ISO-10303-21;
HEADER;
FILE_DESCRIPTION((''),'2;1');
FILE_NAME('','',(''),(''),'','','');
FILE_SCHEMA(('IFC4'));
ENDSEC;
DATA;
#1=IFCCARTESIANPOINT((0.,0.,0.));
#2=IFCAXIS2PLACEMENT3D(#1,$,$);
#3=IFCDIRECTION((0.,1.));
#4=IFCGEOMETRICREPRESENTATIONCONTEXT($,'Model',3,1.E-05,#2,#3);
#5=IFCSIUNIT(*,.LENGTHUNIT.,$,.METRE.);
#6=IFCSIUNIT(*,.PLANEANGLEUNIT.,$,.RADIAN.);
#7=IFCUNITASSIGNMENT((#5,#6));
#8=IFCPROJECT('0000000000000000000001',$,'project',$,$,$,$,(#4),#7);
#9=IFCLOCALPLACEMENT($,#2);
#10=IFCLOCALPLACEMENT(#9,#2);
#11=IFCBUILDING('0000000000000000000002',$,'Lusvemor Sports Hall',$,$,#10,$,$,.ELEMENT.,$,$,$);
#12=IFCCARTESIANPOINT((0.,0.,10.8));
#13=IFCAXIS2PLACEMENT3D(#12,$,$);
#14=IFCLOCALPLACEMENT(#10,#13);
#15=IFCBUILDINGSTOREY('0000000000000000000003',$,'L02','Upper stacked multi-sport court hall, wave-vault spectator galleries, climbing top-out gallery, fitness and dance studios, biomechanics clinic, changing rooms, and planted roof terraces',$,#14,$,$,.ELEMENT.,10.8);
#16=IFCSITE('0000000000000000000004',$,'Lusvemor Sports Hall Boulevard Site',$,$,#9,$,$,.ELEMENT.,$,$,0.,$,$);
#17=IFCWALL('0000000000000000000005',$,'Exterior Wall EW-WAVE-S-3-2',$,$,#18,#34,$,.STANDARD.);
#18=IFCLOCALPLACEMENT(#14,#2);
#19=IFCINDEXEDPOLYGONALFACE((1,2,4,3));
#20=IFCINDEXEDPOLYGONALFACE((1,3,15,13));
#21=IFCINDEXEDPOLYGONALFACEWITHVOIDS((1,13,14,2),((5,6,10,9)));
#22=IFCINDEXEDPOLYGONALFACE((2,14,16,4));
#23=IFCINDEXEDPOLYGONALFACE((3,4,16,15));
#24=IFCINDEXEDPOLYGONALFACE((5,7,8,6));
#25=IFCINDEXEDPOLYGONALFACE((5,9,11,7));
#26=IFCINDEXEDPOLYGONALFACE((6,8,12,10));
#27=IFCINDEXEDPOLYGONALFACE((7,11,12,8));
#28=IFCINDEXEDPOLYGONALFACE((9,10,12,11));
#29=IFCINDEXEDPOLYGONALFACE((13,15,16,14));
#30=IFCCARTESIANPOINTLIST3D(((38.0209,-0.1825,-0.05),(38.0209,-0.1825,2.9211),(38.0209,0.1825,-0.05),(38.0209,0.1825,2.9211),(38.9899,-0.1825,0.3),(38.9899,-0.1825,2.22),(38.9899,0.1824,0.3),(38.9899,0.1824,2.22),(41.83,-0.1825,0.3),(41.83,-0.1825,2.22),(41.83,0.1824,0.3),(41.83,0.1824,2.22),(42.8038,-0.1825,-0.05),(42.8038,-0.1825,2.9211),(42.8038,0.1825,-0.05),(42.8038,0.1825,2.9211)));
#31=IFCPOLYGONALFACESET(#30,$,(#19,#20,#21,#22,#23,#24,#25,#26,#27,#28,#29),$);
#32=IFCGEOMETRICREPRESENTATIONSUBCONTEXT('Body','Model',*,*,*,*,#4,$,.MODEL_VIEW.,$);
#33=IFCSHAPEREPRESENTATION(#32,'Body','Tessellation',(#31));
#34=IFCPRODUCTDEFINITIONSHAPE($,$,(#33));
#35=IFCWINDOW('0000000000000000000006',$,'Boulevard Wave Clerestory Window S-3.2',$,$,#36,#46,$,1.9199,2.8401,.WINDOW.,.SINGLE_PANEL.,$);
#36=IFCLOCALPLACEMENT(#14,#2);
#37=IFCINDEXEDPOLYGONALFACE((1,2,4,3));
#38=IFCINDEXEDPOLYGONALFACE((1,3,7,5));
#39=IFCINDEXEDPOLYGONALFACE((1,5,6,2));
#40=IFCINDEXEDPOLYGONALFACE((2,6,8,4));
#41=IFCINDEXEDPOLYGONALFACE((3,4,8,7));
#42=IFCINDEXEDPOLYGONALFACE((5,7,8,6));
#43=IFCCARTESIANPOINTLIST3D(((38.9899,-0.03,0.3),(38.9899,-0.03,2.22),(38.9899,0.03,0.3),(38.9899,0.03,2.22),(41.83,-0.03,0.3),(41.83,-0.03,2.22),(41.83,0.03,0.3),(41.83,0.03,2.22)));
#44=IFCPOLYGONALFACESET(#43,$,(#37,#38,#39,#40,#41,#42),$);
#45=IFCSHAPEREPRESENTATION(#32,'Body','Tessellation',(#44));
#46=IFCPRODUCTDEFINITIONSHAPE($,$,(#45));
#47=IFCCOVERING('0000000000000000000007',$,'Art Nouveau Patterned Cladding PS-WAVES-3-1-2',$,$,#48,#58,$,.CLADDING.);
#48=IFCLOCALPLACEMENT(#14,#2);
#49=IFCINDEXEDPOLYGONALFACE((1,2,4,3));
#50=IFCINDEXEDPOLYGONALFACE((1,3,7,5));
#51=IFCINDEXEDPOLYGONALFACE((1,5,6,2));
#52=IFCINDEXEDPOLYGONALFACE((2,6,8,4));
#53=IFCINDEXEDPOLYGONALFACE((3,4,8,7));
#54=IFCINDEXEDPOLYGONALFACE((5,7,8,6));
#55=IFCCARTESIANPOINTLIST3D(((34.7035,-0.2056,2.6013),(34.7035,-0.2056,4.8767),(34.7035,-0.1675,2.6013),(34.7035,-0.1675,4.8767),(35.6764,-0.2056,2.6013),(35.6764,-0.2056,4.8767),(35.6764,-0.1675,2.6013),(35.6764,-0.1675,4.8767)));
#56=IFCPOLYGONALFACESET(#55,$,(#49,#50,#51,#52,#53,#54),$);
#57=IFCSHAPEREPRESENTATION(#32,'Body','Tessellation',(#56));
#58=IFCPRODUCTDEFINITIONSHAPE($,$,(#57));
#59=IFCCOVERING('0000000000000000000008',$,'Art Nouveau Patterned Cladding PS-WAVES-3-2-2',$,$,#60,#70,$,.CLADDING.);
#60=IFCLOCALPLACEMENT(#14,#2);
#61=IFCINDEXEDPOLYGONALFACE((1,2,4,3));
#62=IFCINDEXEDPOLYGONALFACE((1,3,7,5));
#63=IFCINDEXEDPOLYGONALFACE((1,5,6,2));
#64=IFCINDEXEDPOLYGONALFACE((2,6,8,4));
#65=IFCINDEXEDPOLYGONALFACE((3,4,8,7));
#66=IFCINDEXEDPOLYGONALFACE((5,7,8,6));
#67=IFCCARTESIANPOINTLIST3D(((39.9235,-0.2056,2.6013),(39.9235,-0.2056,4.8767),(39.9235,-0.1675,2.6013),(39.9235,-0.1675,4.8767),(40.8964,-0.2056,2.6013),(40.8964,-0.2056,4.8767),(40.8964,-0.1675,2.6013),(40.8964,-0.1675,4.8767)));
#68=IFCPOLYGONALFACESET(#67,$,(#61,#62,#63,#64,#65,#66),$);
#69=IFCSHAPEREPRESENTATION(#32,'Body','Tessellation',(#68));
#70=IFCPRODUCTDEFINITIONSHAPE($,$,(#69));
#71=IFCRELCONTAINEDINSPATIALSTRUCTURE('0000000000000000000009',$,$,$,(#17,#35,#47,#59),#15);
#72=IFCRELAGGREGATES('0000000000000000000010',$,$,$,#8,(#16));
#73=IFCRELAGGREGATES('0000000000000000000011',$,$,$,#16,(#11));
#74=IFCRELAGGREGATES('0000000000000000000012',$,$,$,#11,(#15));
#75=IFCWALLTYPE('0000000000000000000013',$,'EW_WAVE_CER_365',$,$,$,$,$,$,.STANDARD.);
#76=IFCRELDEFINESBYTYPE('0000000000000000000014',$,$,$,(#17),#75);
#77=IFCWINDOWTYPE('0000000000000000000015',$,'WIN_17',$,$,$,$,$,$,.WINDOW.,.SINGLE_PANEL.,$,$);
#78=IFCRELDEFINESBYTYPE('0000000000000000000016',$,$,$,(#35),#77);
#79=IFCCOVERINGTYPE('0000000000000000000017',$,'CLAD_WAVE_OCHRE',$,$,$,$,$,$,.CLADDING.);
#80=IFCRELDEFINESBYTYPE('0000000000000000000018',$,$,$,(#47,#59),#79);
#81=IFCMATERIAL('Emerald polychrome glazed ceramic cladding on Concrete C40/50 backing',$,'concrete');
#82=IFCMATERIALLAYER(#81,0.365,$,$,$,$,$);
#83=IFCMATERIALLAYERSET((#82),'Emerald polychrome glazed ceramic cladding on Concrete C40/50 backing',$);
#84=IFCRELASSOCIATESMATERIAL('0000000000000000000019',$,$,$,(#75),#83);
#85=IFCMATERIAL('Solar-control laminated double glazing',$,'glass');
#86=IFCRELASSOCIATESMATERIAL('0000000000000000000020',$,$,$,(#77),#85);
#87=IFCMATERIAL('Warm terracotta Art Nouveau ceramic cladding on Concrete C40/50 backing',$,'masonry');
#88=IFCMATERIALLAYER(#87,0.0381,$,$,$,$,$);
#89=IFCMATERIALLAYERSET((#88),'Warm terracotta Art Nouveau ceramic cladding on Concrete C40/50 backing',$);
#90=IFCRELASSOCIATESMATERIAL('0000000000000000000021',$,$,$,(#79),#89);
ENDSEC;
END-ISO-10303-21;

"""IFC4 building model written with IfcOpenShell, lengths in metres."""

from ifc_helpers import new_model, si_unit, direction, frame, frame_2d, origin, origin_2d, place, context, subcontext, project, spatial, rectangle, extrude, material, layer, layer_set, type_object, element, fill, save


model = new_model("IFC4")

# Units and contexts
model_context = context("Model", 3, precision=1e-05, world=origin(), true_north=direction((0.0, 1.0)))
body_context = subcontext(model_context, "Body", "Model", "MODEL_VIEW")
ifc_project = project(units=[si_unit("LENGTHUNIT", "METRE"), si_unit("PLANEANGLEUNIT", "RADIAN")], contexts=[model_context])

# Site, building, storey
site_placement = place(None, origin())
site = spatial("IfcSite", under=ifc_project, at=site_placement, Name="Lusvemor Sports Hall Boulevard Site", CompositionType="ELEMENT", RefElevation=0.0)
building_placement = place(site_placement, origin())
building = spatial("IfcBuilding", under=site, at=building_placement, Name="Lusvemor Sports Hall", CompositionType="ELEMENT")
storey_placement = place(building_placement, frame((0.0, 0.0, 10.8)))
storey = spatial("IfcBuildingStorey", under=building, at=storey_placement, Name="L02", Description="Upper stacked multi-sport court hall, wave-vault spectator galleries, climbing top-out gallery, fitness and dance studios, biomechanics clinic, changing rooms, and planted roof terraces", CompositionType="ELEMENT", Elevation=10.8)

# Shared definitions
ifc_material_1 = material(Name="Emerald polychrome glazed ceramic cladding on Concrete C40/50 backing", Category="concrete")
ifc_layer_1 = layer(ifc_material_1, 0.365)
ifc_layer_set_1 = layer_set([ifc_layer_1], Name="Emerald polychrome glazed ceramic cladding on Concrete C40/50 backing")
wall_type = type_object("IfcWallType", Name="EW_WAVE_CER_365", PredefinedType="STANDARD", material=ifc_layer_set_1)

# Wall, opening, window
ifc_material_2 = material(Name="Solar-control laminated double glazing", Category="glass")
window_type = type_object("IfcWindowType", Name="WIN_17", PartitioningType="SINGLE_PANEL", PredefinedType="WINDOW", material=ifc_material_2)
wall_1_placement = place(storey_placement, frame((42.804, 0.0, -0.05), z_axis=(0.0, 0.0, 1.0), x_axis=(-1.0, 0.0, 0.0)))
wall_1 = element("IfcWall", 1, at=wall_1_placement, inside=storey, type_object=wall_type, Name="Exterior Wall EW-WAVE-S-3-2", PredefinedType="STANDARD", context=body_context, shape_type="SweptSolid", body=[
    extrude(rectangle(XDim=4.783, YDim=0.365, at=frame_2d((2.3916, 0.0))), origin(), (0.0, 0.0, 1.0), 2.9712),
])
opening_1_placement = place(wall_1_placement, frame((0.9741, 0.0, 0.3501)))
opening_1 = element("IfcOpeningElement", 2, at=opening_1_placement, cuts=wall_1, PredefinedType="OPENING", context=body_context, shape_type="SweptSolid", body=[
    extrude(rectangle(XDim=2.8401, YDim=1.9199, at=frame_2d((1.4199, 0.96))), frame((0.0, 0.1826, 0.0), z_axis=(0.0, -1.0, 0.0), x_axis=(1.0, 0.0, 0.0)), (0.0, 0.0, 1.0), 0.365),
])
window_1_placement = place(opening_1_placement, origin())
window_1 = element("IfcWindow", 3, at=window_1_placement, inside=storey, type_object=window_type, Name="Boulevard Wave Clerestory Window S-3.2", OverallHeight=1.9199, OverallWidth=2.8401, PartitioningType="SINGLE_PANEL", PredefinedType="WINDOW", context=body_context, shape_type="SweptSolid", body=[
    extrude(rectangle(XDim=2.8401, YDim=1.9199, at=frame_2d((1.4199, 0.96))), frame((0.0, 0.03, 0.0), z_axis=(0.0, -1.0, 0.0), x_axis=(1.0, 0.0, 0.0)), (0.0, 0.0, 1.0), 0.0601),
])
fill(opening_1, window_1)

# Coverings
ifc_material_3 = material(Name="Warm terracotta Art Nouveau ceramic cladding on Concrete C40/50 backing", Category="masonry")
ifc_layer_2 = layer(ifc_material_3, 0.0381)
ifc_layer_set_2 = layer_set([ifc_layer_2], Name="Warm terracotta Art Nouveau ceramic cladding on Concrete C40/50 backing")
covering_type = type_object("IfcCoveringType", Name="CLAD_WAVE_OCHRE", PredefinedType="CLADDING", material=ifc_layer_set_2)
for number, where, z_axis, x_axis, name in (
    (4, (35.1899, -0.1865, 2.6013), (0.0, 0.0, 1.0), (1.0, 0.0, 0.0), "Art Nouveau Patterned Cladding PS-WAVES-3-1-2"),
    (5, (40.4099, -0.1865, 2.6013), (0.0, 0.0, 1.0), (1.0, 0.0, 0.0), "Art Nouveau Patterned Cladding PS-WAVES-3-2-2"),
):
    element("IfcCovering", number, at=place(storey_placement, frame(where, z_axis=z_axis, x_axis=x_axis)), inside=storey, type_object=covering_type, Name=name, PredefinedType="CLADDING", context=body_context, shape_type="SweptSolid", body=[
        extrude(rectangle(XDim=0.9729, YDim=0.0381, at=origin_2d()), origin(), (0.0, 0.0, 1.0), 2.2754),
    ])

save(model, "model.ifc")
